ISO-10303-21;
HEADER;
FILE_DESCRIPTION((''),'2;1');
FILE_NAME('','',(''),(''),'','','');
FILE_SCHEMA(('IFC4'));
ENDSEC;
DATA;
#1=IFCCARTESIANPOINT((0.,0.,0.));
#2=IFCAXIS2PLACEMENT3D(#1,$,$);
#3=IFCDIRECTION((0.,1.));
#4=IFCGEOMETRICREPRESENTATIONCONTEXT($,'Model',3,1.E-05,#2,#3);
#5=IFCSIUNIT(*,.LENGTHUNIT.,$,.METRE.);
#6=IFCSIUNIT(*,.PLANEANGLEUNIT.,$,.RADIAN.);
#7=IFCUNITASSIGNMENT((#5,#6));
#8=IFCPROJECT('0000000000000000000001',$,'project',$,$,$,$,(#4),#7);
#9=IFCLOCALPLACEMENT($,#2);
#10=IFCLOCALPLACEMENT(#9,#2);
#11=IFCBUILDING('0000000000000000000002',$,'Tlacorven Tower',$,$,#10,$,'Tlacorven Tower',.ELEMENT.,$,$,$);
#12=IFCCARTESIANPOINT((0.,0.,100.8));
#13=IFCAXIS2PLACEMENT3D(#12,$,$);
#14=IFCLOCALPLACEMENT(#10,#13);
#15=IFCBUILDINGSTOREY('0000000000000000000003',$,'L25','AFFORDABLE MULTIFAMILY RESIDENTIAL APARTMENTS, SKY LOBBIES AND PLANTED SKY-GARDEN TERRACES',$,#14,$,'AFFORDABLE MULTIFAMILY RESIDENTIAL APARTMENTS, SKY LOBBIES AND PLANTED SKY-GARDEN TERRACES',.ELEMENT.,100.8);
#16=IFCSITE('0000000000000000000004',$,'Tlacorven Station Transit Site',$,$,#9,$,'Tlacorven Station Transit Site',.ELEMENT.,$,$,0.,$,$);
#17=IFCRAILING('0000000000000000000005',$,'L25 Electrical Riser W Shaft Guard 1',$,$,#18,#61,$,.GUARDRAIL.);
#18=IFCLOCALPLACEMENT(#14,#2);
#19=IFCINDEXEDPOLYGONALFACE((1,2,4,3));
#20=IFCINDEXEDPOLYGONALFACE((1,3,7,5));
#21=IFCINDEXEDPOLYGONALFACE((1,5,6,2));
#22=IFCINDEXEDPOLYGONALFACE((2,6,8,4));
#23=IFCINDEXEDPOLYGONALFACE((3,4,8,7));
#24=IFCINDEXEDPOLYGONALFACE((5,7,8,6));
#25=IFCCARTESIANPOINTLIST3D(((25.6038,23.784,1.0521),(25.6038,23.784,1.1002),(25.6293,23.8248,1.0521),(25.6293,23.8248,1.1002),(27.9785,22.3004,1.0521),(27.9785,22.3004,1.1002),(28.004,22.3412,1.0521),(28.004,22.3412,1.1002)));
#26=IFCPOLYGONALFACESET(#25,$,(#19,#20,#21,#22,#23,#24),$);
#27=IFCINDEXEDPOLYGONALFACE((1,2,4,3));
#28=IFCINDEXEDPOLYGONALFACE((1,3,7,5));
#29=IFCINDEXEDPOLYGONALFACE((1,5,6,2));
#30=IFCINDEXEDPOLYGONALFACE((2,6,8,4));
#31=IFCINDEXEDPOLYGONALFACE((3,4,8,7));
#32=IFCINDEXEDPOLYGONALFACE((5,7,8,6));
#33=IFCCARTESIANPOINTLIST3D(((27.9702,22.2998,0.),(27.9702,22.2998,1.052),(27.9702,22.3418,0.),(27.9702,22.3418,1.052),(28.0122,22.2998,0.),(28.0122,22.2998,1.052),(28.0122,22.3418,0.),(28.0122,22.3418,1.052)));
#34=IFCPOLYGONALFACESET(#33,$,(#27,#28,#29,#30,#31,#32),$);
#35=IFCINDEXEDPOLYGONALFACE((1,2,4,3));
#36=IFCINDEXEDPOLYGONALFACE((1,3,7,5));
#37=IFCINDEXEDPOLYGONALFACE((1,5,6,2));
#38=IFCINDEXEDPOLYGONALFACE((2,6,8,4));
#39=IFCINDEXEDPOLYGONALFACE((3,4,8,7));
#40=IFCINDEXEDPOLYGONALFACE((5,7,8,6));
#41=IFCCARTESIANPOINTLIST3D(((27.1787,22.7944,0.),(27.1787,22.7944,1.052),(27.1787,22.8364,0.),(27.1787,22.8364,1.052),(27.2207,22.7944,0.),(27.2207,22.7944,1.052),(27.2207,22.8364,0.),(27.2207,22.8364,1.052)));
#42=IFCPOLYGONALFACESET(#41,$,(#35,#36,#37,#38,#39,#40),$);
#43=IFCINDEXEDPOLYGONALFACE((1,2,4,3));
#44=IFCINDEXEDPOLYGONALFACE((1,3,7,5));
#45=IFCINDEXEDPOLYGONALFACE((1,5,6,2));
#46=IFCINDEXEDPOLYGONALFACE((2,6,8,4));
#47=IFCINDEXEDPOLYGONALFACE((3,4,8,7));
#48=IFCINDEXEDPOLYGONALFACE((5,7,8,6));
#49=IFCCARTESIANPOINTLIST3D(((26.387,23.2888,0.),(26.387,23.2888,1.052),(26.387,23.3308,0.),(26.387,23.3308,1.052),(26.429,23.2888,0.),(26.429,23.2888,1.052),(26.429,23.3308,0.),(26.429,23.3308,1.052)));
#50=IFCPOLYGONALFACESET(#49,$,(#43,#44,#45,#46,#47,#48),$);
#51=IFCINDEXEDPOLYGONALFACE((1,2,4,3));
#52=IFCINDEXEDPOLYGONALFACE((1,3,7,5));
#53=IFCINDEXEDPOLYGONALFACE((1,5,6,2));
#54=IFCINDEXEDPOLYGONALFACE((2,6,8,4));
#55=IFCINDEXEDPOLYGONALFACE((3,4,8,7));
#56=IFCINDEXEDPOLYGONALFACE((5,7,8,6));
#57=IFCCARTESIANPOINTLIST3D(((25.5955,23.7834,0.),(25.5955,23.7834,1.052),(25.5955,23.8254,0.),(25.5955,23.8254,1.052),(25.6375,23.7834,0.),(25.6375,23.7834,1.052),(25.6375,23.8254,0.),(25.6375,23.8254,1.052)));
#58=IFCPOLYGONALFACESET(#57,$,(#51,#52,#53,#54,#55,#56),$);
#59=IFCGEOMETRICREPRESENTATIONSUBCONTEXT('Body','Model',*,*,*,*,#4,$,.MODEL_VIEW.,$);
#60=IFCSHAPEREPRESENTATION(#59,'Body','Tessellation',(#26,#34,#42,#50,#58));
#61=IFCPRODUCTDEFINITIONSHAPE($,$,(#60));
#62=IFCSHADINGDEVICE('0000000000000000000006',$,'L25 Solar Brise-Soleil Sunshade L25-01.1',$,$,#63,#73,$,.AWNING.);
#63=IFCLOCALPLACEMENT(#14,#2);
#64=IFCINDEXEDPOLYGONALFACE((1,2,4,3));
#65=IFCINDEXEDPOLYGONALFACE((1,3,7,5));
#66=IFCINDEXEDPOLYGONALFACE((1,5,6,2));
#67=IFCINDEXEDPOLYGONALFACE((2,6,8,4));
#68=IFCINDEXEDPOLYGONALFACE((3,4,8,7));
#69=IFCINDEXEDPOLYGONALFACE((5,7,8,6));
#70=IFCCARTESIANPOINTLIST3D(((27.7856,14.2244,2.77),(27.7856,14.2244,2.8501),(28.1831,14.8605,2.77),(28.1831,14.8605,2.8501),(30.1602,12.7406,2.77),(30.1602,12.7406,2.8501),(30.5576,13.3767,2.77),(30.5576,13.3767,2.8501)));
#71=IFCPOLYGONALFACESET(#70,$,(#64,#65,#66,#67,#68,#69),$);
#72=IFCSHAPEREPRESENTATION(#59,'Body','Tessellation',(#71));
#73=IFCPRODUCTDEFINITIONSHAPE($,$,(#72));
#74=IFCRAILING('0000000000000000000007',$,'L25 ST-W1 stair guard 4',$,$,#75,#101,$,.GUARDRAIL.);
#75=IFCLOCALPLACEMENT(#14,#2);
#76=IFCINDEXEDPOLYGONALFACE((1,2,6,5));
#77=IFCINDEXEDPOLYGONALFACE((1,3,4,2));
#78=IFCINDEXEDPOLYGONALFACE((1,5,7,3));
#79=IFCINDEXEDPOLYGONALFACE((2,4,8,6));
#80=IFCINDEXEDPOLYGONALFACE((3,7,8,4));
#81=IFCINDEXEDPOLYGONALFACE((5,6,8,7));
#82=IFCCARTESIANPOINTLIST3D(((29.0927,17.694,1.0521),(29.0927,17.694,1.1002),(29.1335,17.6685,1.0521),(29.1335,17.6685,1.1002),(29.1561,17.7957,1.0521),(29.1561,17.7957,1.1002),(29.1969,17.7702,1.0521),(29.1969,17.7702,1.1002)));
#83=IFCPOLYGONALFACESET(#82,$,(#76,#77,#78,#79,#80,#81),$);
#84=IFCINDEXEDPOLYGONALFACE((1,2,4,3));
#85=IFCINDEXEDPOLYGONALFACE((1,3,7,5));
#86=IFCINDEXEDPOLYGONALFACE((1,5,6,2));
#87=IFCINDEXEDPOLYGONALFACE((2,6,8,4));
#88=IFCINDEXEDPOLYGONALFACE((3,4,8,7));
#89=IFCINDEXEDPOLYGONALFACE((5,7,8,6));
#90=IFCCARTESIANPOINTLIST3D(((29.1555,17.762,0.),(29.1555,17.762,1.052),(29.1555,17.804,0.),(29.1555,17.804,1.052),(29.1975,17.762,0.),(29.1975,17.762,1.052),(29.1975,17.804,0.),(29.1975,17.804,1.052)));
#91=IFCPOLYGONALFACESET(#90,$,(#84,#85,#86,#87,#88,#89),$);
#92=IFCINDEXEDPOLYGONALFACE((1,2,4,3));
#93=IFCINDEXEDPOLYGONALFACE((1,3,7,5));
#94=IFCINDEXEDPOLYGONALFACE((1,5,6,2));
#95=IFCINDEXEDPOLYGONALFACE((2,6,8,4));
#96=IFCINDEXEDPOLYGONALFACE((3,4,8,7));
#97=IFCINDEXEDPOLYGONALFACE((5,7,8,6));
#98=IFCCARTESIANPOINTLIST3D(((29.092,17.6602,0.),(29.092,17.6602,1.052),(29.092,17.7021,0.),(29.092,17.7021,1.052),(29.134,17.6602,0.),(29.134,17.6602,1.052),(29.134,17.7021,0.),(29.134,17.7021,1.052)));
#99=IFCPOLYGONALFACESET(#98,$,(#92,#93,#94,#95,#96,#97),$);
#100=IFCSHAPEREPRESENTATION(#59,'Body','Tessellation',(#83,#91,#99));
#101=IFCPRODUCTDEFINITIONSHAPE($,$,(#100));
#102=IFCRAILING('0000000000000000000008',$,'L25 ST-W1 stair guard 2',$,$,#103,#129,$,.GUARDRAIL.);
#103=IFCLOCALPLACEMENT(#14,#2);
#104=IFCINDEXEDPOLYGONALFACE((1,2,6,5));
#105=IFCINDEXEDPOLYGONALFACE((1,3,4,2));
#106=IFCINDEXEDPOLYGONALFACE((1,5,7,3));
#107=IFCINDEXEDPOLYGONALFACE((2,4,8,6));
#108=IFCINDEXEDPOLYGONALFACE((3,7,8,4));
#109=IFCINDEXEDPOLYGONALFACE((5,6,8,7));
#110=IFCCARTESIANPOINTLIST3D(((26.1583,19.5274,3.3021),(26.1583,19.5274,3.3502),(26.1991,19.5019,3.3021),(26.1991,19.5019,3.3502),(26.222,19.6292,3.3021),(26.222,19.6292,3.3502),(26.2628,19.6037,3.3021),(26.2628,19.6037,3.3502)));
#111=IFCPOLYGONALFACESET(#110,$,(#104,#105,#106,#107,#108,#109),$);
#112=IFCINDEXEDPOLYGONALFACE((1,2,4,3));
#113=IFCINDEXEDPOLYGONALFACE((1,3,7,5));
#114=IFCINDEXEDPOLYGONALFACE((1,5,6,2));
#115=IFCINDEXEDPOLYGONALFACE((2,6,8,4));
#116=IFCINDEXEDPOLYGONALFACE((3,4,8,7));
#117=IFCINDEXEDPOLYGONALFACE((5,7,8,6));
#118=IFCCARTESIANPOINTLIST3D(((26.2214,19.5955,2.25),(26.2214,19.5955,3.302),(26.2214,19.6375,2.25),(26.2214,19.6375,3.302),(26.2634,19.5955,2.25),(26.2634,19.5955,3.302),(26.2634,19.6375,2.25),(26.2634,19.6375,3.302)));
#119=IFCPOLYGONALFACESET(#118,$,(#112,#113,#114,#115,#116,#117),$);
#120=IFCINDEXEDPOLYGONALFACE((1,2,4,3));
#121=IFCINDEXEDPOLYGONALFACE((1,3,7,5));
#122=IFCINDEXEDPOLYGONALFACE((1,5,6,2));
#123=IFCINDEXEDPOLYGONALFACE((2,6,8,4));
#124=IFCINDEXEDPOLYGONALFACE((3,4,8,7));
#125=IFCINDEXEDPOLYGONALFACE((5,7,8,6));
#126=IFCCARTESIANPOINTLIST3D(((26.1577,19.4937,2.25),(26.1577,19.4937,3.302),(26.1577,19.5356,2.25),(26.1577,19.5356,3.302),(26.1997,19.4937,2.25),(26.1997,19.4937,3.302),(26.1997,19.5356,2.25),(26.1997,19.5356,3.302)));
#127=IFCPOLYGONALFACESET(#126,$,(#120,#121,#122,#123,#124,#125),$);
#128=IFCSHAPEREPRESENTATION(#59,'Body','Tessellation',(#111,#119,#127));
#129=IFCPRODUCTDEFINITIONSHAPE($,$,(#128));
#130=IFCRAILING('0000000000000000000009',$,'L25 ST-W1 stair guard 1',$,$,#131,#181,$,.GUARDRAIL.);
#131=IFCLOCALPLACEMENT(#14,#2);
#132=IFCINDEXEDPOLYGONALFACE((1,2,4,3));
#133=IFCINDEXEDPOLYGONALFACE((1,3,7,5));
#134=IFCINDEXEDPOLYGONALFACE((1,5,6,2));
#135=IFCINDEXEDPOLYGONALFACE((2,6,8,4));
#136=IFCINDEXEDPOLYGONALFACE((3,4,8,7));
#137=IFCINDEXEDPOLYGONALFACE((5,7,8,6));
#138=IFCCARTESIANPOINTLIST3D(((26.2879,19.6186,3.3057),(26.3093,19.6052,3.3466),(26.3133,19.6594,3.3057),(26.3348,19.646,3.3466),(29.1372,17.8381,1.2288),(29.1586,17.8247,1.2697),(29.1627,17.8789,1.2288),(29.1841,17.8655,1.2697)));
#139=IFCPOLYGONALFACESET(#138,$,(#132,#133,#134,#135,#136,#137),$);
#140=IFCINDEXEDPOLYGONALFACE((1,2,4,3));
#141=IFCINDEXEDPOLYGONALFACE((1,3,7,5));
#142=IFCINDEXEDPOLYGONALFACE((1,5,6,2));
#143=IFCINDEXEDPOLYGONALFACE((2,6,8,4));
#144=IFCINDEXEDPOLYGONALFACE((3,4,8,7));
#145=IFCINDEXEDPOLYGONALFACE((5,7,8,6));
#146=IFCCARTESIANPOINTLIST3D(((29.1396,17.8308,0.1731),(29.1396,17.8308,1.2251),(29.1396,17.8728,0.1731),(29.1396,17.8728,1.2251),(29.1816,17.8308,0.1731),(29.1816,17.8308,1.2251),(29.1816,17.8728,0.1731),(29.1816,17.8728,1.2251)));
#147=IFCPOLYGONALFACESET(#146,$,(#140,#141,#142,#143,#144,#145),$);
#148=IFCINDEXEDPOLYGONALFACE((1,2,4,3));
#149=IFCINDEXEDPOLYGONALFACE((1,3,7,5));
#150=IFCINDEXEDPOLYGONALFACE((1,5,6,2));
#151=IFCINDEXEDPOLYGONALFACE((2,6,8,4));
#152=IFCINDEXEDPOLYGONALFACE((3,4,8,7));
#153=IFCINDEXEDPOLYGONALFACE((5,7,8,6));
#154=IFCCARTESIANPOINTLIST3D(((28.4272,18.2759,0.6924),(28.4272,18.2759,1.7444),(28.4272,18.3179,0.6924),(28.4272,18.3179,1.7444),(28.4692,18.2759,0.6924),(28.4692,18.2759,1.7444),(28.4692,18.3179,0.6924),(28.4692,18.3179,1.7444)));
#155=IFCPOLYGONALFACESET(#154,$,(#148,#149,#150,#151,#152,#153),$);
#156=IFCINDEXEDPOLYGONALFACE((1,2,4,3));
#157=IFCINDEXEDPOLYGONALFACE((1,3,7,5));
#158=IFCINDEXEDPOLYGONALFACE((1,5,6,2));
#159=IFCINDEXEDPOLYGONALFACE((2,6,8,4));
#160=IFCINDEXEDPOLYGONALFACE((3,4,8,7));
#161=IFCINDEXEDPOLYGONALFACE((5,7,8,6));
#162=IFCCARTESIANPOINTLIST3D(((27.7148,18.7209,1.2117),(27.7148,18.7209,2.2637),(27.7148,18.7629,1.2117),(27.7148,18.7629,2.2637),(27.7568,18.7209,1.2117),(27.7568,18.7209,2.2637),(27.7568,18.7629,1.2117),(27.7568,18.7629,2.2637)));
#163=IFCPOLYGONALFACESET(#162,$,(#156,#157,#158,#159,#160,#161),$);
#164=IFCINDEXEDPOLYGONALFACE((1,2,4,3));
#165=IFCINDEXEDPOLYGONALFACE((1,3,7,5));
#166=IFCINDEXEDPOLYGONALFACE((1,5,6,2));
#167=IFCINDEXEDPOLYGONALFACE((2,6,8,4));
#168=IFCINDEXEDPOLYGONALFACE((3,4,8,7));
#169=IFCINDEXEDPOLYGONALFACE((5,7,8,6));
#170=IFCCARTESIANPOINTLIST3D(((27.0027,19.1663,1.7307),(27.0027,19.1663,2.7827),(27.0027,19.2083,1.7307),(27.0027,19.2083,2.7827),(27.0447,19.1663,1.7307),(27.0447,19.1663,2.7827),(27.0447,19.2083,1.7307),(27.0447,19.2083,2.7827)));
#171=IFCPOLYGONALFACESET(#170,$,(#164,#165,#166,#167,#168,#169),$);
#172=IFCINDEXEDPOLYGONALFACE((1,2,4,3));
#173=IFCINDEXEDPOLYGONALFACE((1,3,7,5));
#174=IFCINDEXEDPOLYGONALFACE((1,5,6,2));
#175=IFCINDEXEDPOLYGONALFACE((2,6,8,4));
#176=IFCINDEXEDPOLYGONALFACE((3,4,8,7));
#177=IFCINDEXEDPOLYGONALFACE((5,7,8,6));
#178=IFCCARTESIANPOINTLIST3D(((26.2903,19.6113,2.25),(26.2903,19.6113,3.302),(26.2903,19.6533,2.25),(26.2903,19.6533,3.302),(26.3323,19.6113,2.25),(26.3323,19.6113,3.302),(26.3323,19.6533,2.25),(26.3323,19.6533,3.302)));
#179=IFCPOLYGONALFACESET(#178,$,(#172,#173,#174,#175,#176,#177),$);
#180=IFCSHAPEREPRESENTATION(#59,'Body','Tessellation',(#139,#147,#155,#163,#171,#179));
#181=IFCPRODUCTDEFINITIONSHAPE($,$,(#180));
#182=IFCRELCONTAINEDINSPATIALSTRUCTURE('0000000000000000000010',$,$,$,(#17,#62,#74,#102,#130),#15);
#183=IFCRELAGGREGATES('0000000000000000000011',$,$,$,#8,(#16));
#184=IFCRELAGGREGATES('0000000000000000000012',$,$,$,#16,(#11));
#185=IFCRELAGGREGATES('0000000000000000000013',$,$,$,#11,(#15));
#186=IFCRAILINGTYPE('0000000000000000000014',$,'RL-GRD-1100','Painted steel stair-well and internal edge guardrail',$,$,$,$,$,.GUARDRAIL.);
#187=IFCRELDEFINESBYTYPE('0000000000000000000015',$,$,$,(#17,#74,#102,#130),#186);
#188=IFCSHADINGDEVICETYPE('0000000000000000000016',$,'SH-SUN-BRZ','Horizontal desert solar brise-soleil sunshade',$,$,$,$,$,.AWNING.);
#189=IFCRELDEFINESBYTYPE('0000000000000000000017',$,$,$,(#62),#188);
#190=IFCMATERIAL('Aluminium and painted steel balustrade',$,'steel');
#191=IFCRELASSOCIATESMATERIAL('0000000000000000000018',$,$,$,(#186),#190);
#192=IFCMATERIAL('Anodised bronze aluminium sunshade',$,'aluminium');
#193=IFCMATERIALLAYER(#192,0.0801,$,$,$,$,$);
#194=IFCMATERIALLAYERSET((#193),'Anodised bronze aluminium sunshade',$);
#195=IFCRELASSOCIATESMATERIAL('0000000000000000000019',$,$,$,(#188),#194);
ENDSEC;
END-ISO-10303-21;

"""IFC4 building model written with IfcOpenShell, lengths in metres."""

from ifc_helpers import new_model, si_unit, direction, frame, origin, origin_2d, place, context, subcontext, project, spatial, rectangle, extrude, source, transform, mapped, material, layer, layer_set, type_object, element, save


model = new_model("IFC4")

# Units and contexts
model_context = context("Model", 3, precision=1e-05, world=origin(), true_north=direction((0.0, 1.0)))
body_context = subcontext(model_context, "Body", "Model", "MODEL_VIEW")
ifc_project = project(units=[si_unit("LENGTHUNIT", "METRE"), si_unit("PLANEANGLEUNIT", "RADIAN")], contexts=[model_context])

# Site, building, storey
site_placement = place(None, origin())
site = spatial("IfcSite", under=ifc_project, at=site_placement, Name="Tlacorven Station Transit Site", LongName="Tlacorven Station Transit Site", CompositionType="ELEMENT", RefElevation=0.0)
building_placement = place(site_placement, origin())
building = spatial("IfcBuilding", under=site, at=building_placement, Name="Tlacorven Tower", LongName="Tlacorven Tower", CompositionType="ELEMENT")
storey_placement = place(building_placement, frame((0.0, 0.0, 100.8)))
storey = spatial("IfcBuildingStorey", under=building, at=storey_placement, Name="L25", Description="AFFORDABLE MULTIFAMILY RESIDENTIAL APARTMENTS, SKY LOBBIES AND PLANTED SKY-GARDEN TERRACES", LongName="AFFORDABLE MULTIFAMILY RESIDENTIAL APARTMENTS, SKY LOBBIES AND PLANTED SKY-GARDEN TERRACES", CompositionType="ELEMENT", Elevation=100.8)

# Railing
ifc_material_1 = material(Name="Aluminium and painted steel balustrade", Category="steel")
railing_type_1 = type_object("IfcRailingType", Name="RL-GRD-1100", Description="Painted steel stair-well and internal edge guardrail", PredefinedType="GUARDRAIL", material=ifc_material_1)
shared_shape_1 = source(origin(), body_context, "Body", "SweptSolid", [
    extrude(rectangle(XDim=0.0481, YDim=0.0481, at=origin_2d()), frame((0.0, 0.0, 1.0762), z_axis=(-0.848091, 0.52985, 0.0), x_axis=(-0.52985, -0.848091, 0.0)), (0.0, 0.0, 1.0), 2.8),
    extrude(rectangle(XDim=0.042, YDim=0.042, at=origin_2d()), origin(), (0.0, 0.0, 1.0), 1.052),
    extrude(rectangle(XDim=0.042, YDim=0.042, at=origin_2d()), frame((-0.7915, 0.4946, 0.0)), (0.0, 0.0, 1.0), 1.052),
    extrude(rectangle(XDim=0.042, YDim=0.042, at=origin_2d()), frame((-1.5833, 0.989, 0.0)), (0.0, 0.0, 1.0), 1.052),
    extrude(rectangle(XDim=0.042, YDim=0.042, at=origin_2d()), frame((-2.3748, 1.4836, 0.0)), (0.0, 0.0, 1.0), 1.052),
])
railing_1_placement = place(storey_placement, frame((27.9912, 22.3208, 0.0)))
element("IfcRailing", 1, at=railing_1_placement, inside=storey, type_object=railing_type_1, Name="L25 Electrical Riser W Shaft Guard 1", PredefinedType="GUARDRAIL", context=body_context, shape_type="MappedRepresentation", body=[
    mapped(shared_shape_1, transform((0.0, 0.0, 0.0), scale=1.0)),
])

# Shading device
ifc_material_2 = material(Name="Anodised bronze aluminium sunshade", Category="aluminium")
ifc_layer_1 = layer(ifc_material_2, 0.0801)
ifc_layer_set_1 = layer_set([ifc_layer_1], Name="Anodised bronze aluminium sunshade")
shading_device_type = type_object("IfcShadingDeviceType", Name="SH-SUN-BRZ", Description="Horizontal desert solar brise-soleil sunshade", PredefinedType="AWNING", material=ifc_layer_set_1)
shared_shape_2 = source(origin(), body_context, "Body", "SweptSolid", [
    extrude(rectangle(XDim=2.8, YDim=0.75, at=origin_2d()), origin(), (0.0, 0.0, 1.0), 0.0801),
])
shading_device_placement = place(storey_placement, frame((29.1716, 13.8005, 2.77), z_axis=(0.0, 0.0, 1.0), x_axis=(-0.848048, 0.529919, 0.0)))
element("IfcShadingDevice", 2, at=shading_device_placement, inside=storey, type_object=shading_device_type, Name="L25 Solar Brise-Soleil Sunshade L25-01.1", PredefinedType="AWNING", context=body_context, shape_type="MappedRepresentation", body=[
    mapped(shared_shape_2, transform((0.0, 0.0, 0.0), scale=1.0)),
])

# Railings
shared_shape_3 = source(origin(), body_context, "Body", "SweptSolid", [
    extrude(rectangle(XDim=0.0481, YDim=0.0481, at=origin_2d()), frame((0.0, 0.0, 1.0762), z_axis=(-0.529084, -0.848569, 0.0), x_axis=(0.848569, -0.529084, 0.0)), (0.0, 0.0, 1.0), 0.1199),
    extrude(rectangle(XDim=0.042, YDim=0.042, at=origin_2d()), origin(), (0.0, 0.0, 1.0), 1.052),
    extrude(rectangle(XDim=0.042, YDim=0.042, at=origin_2d()), frame((-0.0635, -0.1018, 0.0)), (0.0, 0.0, 1.0), 1.052),
])
railing_2_placement = place(storey_placement, frame((29.1765, 17.783, 0.0)))
element("IfcRailing", 3, at=railing_2_placement, inside=storey, type_object=railing_type_1, Name="L25 ST-W1 stair guard 4", PredefinedType="GUARDRAIL", context=body_context, shape_type="MappedRepresentation", body=[
    mapped(shared_shape_3, transform((0.0, 0.0, 0.0), scale=1.0)),
])
shared_shape_4 = source(origin(), body_context, "Body", "SweptSolid", [
    extrude(rectangle(XDim=0.0481, YDim=0.0481, at=origin_2d()), frame((0.0, 0.0, 1.0762), z_axis=(-0.530547, -0.847656, 0.0), x_axis=(0.847656, -0.530547, 0.0)), (0.0, 0.0, 1.0), 0.1201),
    extrude(rectangle(XDim=0.042, YDim=0.042, at=origin_2d()), origin(), (0.0, 0.0, 1.0), 1.052),
    extrude(rectangle(XDim=0.042, YDim=0.042, at=origin_2d()), frame((-0.0637, -0.1018, 0.0)), (0.0, 0.0, 1.0), 1.052),
])
railing_3_placement = place(storey_placement, frame((26.2424, 19.6165, 2.25)))
element("IfcRailing", 4, at=railing_3_placement, inside=storey, type_object=railing_type_1, Name="L25 ST-W1 stair guard 2", PredefinedType="GUARDRAIL", context=body_context, shape_type="MappedRepresentation", body=[
    mapped(shared_shape_4, transform((0.0, 0.0, 0.0), scale=1.0)),
])
shared_shape_5 = source(origin(), body_context, "Body", "SweptSolid", [
    extrude(rectangle(XDim=0.0481, YDim=0.0481, at=origin_2d()), frame((0.0, 0.0, 1.0762), z_axis=(-0.721355, 0.450762, 0.525796), x_axis=(-0.529927, -0.848043, 0.0)), (0.0, 0.0, 1.0), 3.95),
    extrude(rectangle(XDim=0.042, YDim=0.042, at=origin_2d()), origin(), (0.0, 0.0, 1.0), 1.052),
    extrude(rectangle(XDim=0.042, YDim=0.042, at=origin_2d()), frame((-0.7124, 0.4451, 0.5193)), (0.0, 0.0, 1.0), 1.052),
    extrude(rectangle(XDim=0.042, YDim=0.042, at=origin_2d()), frame((-1.4248, 0.8901, 1.0386)), (0.0, 0.0, 1.0), 1.052),
    extrude(rectangle(XDim=0.042, YDim=0.042, at=origin_2d()), frame((-2.137, 1.3354, 1.5576)), (0.0, 0.0, 1.0), 1.052),
    extrude(rectangle(XDim=0.042, YDim=0.042, at=origin_2d()), frame((-2.8494, 1.7805, 2.0769)), (0.0, 0.0, 1.0), 1.052),
])
railing_4_placement = place(storey_placement, frame((29.1606, 17.8518, 0.1731)))
element("IfcRailing", 5, at=railing_4_placement, inside=storey, type_object=railing_type_1, Name="L25 ST-W1 stair guard 1", PredefinedType="GUARDRAIL", context=body_context, shape_type="MappedRepresentation", body=[
    mapped(shared_shape_5, transform((0.0, 0.0, 0.0), scale=1.0)),
])

save(model, "model.ifc")
